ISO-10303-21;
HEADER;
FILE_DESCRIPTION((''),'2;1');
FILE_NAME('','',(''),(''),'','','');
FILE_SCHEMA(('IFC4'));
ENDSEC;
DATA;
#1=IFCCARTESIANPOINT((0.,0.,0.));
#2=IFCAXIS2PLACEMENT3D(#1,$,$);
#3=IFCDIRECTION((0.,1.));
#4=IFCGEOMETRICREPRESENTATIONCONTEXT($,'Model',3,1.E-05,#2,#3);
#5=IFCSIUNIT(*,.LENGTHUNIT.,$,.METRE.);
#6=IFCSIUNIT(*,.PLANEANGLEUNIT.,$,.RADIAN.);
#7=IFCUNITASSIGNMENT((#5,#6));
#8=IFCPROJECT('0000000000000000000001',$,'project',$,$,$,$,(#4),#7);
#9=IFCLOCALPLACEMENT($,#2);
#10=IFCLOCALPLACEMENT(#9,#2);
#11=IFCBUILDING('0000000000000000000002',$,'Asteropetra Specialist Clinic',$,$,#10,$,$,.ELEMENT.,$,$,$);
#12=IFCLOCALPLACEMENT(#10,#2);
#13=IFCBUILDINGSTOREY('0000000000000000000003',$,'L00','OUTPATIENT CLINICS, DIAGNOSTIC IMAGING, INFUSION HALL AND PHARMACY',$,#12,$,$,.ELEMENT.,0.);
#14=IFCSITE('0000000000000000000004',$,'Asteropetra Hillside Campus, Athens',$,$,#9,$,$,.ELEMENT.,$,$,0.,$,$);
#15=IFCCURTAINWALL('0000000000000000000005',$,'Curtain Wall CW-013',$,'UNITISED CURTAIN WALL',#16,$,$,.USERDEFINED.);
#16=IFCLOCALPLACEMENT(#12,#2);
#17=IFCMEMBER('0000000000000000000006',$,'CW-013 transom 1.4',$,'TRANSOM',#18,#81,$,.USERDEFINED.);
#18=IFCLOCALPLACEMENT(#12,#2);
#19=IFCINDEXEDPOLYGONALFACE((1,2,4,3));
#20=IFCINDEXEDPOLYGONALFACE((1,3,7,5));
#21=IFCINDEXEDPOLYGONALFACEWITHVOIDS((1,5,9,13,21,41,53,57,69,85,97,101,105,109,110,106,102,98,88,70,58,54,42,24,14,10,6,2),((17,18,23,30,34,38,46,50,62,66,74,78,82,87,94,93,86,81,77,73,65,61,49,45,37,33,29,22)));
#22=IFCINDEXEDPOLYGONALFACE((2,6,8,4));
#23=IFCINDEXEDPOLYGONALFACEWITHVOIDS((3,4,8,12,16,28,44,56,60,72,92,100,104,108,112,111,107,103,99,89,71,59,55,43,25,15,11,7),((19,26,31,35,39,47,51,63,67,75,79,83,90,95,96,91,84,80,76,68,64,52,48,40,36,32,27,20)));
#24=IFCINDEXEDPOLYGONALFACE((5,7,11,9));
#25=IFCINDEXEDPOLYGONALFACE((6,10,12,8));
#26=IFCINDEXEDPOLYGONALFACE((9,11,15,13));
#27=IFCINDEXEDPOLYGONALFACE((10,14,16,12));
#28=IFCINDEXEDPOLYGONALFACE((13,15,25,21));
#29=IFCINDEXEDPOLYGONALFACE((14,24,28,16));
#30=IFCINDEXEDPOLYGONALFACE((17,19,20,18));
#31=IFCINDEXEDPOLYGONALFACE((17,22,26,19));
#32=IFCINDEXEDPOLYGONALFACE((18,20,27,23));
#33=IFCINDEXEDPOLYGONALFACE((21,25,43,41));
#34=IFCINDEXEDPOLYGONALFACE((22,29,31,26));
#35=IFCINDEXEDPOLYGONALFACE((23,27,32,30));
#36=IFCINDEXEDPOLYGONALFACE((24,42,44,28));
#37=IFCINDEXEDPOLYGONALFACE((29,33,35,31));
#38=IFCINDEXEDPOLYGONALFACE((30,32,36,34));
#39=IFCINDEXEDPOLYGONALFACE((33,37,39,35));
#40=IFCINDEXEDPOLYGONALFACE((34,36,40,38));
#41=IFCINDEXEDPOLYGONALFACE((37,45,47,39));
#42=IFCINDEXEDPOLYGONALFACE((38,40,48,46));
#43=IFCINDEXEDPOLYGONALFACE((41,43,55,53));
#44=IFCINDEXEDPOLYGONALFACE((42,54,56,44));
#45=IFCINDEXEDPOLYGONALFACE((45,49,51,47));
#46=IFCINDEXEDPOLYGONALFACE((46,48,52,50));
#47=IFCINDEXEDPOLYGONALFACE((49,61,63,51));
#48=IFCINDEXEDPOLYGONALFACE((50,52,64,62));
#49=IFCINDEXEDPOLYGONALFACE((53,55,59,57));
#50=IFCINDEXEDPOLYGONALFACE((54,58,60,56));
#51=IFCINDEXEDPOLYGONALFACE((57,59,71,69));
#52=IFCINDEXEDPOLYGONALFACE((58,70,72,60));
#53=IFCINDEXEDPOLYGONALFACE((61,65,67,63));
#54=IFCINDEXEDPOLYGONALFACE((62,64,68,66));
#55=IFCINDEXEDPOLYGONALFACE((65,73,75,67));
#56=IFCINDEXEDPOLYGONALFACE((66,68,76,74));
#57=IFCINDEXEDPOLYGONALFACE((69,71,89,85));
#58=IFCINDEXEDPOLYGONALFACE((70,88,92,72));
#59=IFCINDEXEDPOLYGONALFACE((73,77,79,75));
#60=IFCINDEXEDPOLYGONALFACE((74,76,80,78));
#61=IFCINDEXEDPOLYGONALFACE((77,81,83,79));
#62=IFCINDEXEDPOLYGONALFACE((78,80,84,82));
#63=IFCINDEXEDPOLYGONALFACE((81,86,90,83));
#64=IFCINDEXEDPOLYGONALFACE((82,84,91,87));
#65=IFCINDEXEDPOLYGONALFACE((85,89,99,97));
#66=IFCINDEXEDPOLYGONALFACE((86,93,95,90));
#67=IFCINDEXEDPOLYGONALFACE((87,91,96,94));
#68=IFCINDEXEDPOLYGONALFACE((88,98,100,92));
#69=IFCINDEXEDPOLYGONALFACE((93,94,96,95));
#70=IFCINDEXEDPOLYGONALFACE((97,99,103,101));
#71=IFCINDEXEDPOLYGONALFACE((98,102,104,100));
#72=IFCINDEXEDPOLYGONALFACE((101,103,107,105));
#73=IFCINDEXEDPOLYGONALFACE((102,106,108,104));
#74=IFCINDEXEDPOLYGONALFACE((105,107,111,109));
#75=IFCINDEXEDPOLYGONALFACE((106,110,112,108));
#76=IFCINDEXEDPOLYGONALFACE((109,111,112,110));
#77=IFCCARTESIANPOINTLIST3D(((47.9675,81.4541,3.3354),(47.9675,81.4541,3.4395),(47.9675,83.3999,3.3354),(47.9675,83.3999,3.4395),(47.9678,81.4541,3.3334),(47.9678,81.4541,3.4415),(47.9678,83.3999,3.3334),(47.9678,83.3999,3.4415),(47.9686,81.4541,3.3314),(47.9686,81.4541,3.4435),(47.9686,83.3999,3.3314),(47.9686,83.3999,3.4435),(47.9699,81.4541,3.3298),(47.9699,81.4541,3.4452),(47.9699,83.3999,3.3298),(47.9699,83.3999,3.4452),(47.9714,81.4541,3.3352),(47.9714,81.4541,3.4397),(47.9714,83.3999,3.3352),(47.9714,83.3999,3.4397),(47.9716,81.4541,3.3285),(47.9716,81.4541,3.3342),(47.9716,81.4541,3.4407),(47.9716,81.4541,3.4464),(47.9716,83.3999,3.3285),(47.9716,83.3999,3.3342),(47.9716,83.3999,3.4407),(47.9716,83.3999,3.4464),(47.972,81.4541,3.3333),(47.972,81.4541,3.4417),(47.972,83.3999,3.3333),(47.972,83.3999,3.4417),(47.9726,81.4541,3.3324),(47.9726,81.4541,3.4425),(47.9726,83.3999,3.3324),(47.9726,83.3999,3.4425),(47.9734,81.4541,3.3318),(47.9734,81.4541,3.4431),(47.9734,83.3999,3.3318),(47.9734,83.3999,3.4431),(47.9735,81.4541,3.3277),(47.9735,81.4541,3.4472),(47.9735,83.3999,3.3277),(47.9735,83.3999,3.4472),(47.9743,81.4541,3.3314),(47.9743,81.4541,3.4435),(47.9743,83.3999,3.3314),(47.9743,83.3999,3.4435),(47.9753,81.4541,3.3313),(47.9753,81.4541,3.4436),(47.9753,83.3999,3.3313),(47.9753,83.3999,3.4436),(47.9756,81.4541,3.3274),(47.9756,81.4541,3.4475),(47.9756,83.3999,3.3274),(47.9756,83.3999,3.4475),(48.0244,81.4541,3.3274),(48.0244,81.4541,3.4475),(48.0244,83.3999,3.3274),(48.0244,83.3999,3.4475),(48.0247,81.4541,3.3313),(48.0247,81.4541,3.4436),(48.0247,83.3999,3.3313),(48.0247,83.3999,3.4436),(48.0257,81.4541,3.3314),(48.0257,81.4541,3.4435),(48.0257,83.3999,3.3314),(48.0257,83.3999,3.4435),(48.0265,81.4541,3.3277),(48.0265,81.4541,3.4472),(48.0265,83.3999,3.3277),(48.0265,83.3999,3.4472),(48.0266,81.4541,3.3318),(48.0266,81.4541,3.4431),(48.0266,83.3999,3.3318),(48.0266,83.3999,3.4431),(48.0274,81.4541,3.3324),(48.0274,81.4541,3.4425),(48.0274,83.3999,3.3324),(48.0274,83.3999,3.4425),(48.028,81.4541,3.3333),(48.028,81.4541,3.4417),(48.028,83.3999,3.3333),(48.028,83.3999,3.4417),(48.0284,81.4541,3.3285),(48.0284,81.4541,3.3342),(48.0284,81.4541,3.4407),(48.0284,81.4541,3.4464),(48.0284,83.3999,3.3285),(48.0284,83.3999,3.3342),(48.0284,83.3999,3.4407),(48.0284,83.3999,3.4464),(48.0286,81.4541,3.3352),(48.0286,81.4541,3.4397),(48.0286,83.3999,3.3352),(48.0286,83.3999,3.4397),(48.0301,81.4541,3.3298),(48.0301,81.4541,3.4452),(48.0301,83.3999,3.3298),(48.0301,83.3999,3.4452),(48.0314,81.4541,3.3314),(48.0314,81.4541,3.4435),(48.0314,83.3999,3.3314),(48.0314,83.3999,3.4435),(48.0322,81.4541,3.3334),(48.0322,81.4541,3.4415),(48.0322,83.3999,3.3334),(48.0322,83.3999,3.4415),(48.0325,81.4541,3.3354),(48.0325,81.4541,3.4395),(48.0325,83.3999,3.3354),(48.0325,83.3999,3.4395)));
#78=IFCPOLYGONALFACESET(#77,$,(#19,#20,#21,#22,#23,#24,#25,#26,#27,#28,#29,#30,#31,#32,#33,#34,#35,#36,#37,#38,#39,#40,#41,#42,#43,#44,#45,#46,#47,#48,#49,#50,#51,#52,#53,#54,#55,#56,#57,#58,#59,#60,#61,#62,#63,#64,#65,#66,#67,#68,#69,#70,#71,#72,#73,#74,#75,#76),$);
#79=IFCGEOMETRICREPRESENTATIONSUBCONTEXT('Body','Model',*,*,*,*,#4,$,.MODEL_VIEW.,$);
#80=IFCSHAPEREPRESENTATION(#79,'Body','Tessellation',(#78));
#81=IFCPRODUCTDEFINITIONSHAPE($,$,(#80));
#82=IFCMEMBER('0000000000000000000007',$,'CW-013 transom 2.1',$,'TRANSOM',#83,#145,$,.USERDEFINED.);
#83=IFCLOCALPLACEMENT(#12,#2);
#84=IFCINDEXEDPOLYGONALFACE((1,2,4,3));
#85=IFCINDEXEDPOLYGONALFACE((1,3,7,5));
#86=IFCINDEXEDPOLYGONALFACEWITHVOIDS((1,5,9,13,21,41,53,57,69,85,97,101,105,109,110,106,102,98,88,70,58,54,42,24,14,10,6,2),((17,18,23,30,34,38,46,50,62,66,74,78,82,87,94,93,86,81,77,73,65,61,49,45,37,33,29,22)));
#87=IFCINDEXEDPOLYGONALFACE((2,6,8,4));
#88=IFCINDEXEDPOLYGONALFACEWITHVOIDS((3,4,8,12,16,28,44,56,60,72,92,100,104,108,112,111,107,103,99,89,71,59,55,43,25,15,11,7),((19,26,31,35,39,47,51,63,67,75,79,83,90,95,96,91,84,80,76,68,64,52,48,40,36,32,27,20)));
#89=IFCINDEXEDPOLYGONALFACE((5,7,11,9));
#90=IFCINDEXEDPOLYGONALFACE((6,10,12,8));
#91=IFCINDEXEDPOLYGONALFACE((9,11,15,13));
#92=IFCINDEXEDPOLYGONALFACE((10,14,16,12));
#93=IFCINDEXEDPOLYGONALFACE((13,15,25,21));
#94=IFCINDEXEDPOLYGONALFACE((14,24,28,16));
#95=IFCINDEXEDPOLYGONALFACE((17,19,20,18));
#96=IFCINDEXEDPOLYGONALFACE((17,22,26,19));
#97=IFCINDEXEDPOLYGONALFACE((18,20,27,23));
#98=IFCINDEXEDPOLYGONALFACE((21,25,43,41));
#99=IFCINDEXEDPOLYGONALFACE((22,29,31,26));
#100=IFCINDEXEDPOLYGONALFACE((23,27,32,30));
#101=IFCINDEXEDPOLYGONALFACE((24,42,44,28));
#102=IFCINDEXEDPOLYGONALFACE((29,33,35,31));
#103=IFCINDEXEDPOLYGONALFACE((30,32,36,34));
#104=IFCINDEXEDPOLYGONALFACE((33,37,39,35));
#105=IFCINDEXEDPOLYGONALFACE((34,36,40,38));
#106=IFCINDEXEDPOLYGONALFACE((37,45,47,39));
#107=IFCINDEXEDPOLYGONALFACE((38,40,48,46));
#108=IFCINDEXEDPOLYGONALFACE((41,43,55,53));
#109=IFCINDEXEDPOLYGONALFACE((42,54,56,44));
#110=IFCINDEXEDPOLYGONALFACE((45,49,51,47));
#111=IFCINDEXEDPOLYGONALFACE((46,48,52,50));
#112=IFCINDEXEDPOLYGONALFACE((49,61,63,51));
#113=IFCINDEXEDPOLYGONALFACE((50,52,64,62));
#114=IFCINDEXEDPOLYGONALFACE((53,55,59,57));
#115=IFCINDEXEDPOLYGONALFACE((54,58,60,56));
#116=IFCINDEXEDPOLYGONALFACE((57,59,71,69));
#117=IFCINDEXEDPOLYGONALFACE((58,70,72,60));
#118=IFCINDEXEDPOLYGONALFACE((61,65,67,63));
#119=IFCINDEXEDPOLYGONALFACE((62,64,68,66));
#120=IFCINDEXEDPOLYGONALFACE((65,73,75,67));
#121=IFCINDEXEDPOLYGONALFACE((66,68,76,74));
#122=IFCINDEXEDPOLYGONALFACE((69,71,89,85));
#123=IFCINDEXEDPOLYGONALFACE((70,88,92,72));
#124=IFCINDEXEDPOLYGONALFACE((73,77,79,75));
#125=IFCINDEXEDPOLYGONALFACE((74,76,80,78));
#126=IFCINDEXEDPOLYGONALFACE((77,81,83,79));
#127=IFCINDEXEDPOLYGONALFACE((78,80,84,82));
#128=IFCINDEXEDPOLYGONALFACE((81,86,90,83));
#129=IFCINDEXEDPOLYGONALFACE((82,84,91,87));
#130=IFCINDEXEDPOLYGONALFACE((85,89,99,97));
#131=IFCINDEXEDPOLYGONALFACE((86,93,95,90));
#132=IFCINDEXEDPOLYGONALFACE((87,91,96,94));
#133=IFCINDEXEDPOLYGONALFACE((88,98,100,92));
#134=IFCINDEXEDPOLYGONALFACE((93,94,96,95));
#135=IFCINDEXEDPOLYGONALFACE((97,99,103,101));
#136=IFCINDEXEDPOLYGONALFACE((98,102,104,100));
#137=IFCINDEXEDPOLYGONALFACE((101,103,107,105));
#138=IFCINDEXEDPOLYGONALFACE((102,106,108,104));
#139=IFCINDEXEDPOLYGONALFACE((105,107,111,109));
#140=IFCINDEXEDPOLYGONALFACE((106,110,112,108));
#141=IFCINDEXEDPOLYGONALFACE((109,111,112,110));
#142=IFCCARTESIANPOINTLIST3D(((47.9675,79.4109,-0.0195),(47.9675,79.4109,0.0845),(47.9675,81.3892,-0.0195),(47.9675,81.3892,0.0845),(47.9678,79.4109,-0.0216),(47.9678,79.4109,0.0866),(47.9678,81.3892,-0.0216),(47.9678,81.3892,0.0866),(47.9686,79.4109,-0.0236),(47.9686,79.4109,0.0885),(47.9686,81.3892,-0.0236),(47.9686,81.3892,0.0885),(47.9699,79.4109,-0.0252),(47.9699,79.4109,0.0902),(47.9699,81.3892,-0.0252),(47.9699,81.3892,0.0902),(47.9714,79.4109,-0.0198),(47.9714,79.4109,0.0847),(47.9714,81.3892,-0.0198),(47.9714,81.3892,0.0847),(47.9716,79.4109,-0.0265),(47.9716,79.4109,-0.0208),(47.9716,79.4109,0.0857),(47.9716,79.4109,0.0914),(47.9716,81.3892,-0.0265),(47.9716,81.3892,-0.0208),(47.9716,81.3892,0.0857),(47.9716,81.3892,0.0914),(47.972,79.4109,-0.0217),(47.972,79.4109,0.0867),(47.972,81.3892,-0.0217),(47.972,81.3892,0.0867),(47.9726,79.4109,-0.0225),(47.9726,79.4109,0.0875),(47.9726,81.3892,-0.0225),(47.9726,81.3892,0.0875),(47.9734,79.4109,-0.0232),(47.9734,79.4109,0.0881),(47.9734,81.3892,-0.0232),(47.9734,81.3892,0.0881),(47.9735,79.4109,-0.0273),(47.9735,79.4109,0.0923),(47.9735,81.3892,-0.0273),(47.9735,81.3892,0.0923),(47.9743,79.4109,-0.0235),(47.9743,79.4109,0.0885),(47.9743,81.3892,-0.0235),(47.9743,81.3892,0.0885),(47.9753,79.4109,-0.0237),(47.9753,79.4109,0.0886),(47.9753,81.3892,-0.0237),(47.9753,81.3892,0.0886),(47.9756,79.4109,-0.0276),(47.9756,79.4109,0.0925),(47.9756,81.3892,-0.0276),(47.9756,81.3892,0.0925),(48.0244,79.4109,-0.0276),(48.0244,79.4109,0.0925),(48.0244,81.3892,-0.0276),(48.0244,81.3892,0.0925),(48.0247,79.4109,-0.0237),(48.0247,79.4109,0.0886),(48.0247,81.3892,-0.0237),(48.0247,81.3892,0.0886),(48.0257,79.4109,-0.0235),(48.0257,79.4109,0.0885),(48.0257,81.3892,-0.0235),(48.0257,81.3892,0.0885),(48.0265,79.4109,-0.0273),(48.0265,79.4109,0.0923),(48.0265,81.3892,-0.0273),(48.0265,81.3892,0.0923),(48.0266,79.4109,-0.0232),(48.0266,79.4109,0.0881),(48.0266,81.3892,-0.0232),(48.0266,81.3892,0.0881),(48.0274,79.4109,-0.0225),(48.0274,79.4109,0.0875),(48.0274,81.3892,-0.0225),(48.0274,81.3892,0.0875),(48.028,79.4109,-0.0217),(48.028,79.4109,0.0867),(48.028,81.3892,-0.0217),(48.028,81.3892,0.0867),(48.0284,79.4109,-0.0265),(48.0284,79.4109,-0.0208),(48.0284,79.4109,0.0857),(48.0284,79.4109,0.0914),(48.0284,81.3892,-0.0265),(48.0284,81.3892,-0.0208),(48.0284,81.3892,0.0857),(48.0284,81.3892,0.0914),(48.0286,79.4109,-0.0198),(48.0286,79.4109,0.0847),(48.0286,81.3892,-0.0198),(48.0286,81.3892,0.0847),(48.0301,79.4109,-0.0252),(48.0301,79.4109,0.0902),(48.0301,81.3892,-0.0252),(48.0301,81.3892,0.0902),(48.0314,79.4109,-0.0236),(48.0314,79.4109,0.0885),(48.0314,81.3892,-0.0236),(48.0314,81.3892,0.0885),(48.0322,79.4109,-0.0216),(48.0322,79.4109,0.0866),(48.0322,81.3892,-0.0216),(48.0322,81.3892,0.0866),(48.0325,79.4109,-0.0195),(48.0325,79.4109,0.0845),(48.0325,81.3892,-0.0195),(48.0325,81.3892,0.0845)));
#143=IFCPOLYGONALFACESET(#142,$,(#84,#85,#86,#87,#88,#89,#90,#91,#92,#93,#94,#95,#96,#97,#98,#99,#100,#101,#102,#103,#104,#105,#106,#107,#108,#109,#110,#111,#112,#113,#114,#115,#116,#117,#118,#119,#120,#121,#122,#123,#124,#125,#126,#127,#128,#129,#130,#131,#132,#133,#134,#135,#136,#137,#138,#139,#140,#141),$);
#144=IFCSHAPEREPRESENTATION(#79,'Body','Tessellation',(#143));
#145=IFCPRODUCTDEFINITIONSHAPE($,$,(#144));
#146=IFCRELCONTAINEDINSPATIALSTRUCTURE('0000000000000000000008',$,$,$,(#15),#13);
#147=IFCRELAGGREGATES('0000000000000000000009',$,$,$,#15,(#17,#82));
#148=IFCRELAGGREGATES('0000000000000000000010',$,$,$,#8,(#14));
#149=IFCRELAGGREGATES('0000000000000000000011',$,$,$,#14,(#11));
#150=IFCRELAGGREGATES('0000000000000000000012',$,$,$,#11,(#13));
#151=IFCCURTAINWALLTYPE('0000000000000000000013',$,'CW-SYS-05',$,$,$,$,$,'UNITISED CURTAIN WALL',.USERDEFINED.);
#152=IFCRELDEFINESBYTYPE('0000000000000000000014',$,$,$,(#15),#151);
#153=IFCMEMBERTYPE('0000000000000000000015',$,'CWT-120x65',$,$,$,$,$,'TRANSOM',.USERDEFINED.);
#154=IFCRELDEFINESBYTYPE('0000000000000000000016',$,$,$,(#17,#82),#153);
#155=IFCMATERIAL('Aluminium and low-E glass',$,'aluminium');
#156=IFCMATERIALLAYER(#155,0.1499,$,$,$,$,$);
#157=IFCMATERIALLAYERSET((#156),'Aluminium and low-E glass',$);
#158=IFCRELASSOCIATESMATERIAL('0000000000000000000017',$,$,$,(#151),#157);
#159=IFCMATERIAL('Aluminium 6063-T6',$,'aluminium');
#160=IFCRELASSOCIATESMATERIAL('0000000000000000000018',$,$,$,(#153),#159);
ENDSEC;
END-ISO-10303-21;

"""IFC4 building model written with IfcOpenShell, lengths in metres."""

from ifc_helpers import new_model, si_unit, direction, frame, origin, origin_2d, place, context, subcontext, project, spatial, hollow_rectangle, extrude, material, layer, layer_set, material_profile, profile_set, type_object, element, aggregate, save


model = new_model("IFC4")

# Units and contexts
model_context = context("Model", 3, precision=1e-05, world=origin(), true_north=direction((0.0, 1.0)))
body_context = subcontext(model_context, "Body", "Model", "MODEL_VIEW")
ifc_project = project(units=[si_unit("LENGTHUNIT", "METRE"), si_unit("PLANEANGLEUNIT", "RADIAN")], contexts=[model_context])

# Site, building, storey
site_placement = place(None, origin())
site = spatial("IfcSite", under=ifc_project, at=site_placement, Name="Asteropetra Hillside Campus, Athens", CompositionType="ELEMENT", RefElevation=0.0)
building_placement = place(site_placement, origin())
building = spatial("IfcBuilding", under=site, at=building_placement, Name="Asteropetra Specialist Clinic", CompositionType="ELEMENT")
storey_placement = place(building_placement, origin())
storey = spatial("IfcBuildingStorey", under=building, at=storey_placement, Name="L00", Description="OUTPATIENT CLINICS, DIAGNOSTIC IMAGING, INFUSION HALL AND PHARMACY", CompositionType="ELEMENT", Elevation=0.0)

# Curtain wall, members
ifc_material_1 = material(Name="Aluminium and low-E glass", Category="aluminium")
ifc_layer_1 = layer(ifc_material_1, 0.1499)
ifc_layer_set_1 = layer_set([ifc_layer_1], Name="Aluminium and low-E glass")
curtain_wall_type = type_object("IfcCurtainWallType", Name="CW-SYS-05", ElementType="UNITISED CURTAIN WALL", PredefinedType="USERDEFINED", material=ifc_layer_set_1)
curtain_wall_placement = place(storey_placement, origin())
curtain_wall = element("IfcCurtainWall", 1, at=curtain_wall_placement, inside=storey, type_object=curtain_wall_type, Name="Curtain Wall CW-013", ObjectType="UNITISED CURTAIN WALL", PredefinedType="USERDEFINED")
ifc_material_2 = material(Name="Aluminium 6063-T6", Category="aluminium")
ifc_material_profile_1 = material_profile(ifc_material_2, hollow_rectangle(XDim=0.0649, YDim=0.1201, WallThickness=0.0039, InnerFilletRadius=0.0039, OuterFilletRadius=0.0081, at=origin_2d()), Name="TRN 120x65x4.0")
ifc_profile_set_1 = profile_set([ifc_material_profile_1], Name="Aluminium 6063-T6")
member_type_1 = type_object("IfcMemberType", Name="CWT-120x65", ElementType="TRANSOM", PredefinedType="USERDEFINED", material=ifc_profile_set_1)
member_1_placement = place(storey_placement, frame((48.0, 83.3999, 3.3875), z_axis=(0.0, -1.0, 0.0), x_axis=(1.0, 0.0, 0.0)))
member_1 = element("IfcMember", 2, at=member_1_placement, type_object=member_type_1, Name="CW-013 transom 1.4", ObjectType="TRANSOM", PredefinedType="USERDEFINED", context=body_context, shape_type="SweptSolid", body=[
    extrude(hollow_rectangle(XDim=0.0649, YDim=0.1201, WallThickness=0.0039, InnerFilletRadius=0.0039, OuterFilletRadius=0.0081, at=origin_2d()), origin(), (0.0, 0.0, 1.0), 1.9458),
])
member_2_placement = place(storey_placement, frame((48.0, 81.3892, 0.0325), z_axis=(0.0, -1.0, 0.0), x_axis=(1.0, 0.0, 0.0)))
member_2 = element("IfcMember", 3, at=member_2_placement, type_object=member_type_1, Name="CW-013 transom 2.1", ObjectType="TRANSOM", PredefinedType="USERDEFINED", context=body_context, shape_type="SweptSolid", body=[
    extrude(hollow_rectangle(XDim=0.0649, YDim=0.1201, WallThickness=0.0039, InnerFilletRadius=0.0039, OuterFilletRadius=0.0081, at=origin_2d()), origin(), (0.0, 0.0, 1.0), 1.9783),
])
aggregate(curtain_wall, [member_1, member_2])

save(model, "model.ifc")
